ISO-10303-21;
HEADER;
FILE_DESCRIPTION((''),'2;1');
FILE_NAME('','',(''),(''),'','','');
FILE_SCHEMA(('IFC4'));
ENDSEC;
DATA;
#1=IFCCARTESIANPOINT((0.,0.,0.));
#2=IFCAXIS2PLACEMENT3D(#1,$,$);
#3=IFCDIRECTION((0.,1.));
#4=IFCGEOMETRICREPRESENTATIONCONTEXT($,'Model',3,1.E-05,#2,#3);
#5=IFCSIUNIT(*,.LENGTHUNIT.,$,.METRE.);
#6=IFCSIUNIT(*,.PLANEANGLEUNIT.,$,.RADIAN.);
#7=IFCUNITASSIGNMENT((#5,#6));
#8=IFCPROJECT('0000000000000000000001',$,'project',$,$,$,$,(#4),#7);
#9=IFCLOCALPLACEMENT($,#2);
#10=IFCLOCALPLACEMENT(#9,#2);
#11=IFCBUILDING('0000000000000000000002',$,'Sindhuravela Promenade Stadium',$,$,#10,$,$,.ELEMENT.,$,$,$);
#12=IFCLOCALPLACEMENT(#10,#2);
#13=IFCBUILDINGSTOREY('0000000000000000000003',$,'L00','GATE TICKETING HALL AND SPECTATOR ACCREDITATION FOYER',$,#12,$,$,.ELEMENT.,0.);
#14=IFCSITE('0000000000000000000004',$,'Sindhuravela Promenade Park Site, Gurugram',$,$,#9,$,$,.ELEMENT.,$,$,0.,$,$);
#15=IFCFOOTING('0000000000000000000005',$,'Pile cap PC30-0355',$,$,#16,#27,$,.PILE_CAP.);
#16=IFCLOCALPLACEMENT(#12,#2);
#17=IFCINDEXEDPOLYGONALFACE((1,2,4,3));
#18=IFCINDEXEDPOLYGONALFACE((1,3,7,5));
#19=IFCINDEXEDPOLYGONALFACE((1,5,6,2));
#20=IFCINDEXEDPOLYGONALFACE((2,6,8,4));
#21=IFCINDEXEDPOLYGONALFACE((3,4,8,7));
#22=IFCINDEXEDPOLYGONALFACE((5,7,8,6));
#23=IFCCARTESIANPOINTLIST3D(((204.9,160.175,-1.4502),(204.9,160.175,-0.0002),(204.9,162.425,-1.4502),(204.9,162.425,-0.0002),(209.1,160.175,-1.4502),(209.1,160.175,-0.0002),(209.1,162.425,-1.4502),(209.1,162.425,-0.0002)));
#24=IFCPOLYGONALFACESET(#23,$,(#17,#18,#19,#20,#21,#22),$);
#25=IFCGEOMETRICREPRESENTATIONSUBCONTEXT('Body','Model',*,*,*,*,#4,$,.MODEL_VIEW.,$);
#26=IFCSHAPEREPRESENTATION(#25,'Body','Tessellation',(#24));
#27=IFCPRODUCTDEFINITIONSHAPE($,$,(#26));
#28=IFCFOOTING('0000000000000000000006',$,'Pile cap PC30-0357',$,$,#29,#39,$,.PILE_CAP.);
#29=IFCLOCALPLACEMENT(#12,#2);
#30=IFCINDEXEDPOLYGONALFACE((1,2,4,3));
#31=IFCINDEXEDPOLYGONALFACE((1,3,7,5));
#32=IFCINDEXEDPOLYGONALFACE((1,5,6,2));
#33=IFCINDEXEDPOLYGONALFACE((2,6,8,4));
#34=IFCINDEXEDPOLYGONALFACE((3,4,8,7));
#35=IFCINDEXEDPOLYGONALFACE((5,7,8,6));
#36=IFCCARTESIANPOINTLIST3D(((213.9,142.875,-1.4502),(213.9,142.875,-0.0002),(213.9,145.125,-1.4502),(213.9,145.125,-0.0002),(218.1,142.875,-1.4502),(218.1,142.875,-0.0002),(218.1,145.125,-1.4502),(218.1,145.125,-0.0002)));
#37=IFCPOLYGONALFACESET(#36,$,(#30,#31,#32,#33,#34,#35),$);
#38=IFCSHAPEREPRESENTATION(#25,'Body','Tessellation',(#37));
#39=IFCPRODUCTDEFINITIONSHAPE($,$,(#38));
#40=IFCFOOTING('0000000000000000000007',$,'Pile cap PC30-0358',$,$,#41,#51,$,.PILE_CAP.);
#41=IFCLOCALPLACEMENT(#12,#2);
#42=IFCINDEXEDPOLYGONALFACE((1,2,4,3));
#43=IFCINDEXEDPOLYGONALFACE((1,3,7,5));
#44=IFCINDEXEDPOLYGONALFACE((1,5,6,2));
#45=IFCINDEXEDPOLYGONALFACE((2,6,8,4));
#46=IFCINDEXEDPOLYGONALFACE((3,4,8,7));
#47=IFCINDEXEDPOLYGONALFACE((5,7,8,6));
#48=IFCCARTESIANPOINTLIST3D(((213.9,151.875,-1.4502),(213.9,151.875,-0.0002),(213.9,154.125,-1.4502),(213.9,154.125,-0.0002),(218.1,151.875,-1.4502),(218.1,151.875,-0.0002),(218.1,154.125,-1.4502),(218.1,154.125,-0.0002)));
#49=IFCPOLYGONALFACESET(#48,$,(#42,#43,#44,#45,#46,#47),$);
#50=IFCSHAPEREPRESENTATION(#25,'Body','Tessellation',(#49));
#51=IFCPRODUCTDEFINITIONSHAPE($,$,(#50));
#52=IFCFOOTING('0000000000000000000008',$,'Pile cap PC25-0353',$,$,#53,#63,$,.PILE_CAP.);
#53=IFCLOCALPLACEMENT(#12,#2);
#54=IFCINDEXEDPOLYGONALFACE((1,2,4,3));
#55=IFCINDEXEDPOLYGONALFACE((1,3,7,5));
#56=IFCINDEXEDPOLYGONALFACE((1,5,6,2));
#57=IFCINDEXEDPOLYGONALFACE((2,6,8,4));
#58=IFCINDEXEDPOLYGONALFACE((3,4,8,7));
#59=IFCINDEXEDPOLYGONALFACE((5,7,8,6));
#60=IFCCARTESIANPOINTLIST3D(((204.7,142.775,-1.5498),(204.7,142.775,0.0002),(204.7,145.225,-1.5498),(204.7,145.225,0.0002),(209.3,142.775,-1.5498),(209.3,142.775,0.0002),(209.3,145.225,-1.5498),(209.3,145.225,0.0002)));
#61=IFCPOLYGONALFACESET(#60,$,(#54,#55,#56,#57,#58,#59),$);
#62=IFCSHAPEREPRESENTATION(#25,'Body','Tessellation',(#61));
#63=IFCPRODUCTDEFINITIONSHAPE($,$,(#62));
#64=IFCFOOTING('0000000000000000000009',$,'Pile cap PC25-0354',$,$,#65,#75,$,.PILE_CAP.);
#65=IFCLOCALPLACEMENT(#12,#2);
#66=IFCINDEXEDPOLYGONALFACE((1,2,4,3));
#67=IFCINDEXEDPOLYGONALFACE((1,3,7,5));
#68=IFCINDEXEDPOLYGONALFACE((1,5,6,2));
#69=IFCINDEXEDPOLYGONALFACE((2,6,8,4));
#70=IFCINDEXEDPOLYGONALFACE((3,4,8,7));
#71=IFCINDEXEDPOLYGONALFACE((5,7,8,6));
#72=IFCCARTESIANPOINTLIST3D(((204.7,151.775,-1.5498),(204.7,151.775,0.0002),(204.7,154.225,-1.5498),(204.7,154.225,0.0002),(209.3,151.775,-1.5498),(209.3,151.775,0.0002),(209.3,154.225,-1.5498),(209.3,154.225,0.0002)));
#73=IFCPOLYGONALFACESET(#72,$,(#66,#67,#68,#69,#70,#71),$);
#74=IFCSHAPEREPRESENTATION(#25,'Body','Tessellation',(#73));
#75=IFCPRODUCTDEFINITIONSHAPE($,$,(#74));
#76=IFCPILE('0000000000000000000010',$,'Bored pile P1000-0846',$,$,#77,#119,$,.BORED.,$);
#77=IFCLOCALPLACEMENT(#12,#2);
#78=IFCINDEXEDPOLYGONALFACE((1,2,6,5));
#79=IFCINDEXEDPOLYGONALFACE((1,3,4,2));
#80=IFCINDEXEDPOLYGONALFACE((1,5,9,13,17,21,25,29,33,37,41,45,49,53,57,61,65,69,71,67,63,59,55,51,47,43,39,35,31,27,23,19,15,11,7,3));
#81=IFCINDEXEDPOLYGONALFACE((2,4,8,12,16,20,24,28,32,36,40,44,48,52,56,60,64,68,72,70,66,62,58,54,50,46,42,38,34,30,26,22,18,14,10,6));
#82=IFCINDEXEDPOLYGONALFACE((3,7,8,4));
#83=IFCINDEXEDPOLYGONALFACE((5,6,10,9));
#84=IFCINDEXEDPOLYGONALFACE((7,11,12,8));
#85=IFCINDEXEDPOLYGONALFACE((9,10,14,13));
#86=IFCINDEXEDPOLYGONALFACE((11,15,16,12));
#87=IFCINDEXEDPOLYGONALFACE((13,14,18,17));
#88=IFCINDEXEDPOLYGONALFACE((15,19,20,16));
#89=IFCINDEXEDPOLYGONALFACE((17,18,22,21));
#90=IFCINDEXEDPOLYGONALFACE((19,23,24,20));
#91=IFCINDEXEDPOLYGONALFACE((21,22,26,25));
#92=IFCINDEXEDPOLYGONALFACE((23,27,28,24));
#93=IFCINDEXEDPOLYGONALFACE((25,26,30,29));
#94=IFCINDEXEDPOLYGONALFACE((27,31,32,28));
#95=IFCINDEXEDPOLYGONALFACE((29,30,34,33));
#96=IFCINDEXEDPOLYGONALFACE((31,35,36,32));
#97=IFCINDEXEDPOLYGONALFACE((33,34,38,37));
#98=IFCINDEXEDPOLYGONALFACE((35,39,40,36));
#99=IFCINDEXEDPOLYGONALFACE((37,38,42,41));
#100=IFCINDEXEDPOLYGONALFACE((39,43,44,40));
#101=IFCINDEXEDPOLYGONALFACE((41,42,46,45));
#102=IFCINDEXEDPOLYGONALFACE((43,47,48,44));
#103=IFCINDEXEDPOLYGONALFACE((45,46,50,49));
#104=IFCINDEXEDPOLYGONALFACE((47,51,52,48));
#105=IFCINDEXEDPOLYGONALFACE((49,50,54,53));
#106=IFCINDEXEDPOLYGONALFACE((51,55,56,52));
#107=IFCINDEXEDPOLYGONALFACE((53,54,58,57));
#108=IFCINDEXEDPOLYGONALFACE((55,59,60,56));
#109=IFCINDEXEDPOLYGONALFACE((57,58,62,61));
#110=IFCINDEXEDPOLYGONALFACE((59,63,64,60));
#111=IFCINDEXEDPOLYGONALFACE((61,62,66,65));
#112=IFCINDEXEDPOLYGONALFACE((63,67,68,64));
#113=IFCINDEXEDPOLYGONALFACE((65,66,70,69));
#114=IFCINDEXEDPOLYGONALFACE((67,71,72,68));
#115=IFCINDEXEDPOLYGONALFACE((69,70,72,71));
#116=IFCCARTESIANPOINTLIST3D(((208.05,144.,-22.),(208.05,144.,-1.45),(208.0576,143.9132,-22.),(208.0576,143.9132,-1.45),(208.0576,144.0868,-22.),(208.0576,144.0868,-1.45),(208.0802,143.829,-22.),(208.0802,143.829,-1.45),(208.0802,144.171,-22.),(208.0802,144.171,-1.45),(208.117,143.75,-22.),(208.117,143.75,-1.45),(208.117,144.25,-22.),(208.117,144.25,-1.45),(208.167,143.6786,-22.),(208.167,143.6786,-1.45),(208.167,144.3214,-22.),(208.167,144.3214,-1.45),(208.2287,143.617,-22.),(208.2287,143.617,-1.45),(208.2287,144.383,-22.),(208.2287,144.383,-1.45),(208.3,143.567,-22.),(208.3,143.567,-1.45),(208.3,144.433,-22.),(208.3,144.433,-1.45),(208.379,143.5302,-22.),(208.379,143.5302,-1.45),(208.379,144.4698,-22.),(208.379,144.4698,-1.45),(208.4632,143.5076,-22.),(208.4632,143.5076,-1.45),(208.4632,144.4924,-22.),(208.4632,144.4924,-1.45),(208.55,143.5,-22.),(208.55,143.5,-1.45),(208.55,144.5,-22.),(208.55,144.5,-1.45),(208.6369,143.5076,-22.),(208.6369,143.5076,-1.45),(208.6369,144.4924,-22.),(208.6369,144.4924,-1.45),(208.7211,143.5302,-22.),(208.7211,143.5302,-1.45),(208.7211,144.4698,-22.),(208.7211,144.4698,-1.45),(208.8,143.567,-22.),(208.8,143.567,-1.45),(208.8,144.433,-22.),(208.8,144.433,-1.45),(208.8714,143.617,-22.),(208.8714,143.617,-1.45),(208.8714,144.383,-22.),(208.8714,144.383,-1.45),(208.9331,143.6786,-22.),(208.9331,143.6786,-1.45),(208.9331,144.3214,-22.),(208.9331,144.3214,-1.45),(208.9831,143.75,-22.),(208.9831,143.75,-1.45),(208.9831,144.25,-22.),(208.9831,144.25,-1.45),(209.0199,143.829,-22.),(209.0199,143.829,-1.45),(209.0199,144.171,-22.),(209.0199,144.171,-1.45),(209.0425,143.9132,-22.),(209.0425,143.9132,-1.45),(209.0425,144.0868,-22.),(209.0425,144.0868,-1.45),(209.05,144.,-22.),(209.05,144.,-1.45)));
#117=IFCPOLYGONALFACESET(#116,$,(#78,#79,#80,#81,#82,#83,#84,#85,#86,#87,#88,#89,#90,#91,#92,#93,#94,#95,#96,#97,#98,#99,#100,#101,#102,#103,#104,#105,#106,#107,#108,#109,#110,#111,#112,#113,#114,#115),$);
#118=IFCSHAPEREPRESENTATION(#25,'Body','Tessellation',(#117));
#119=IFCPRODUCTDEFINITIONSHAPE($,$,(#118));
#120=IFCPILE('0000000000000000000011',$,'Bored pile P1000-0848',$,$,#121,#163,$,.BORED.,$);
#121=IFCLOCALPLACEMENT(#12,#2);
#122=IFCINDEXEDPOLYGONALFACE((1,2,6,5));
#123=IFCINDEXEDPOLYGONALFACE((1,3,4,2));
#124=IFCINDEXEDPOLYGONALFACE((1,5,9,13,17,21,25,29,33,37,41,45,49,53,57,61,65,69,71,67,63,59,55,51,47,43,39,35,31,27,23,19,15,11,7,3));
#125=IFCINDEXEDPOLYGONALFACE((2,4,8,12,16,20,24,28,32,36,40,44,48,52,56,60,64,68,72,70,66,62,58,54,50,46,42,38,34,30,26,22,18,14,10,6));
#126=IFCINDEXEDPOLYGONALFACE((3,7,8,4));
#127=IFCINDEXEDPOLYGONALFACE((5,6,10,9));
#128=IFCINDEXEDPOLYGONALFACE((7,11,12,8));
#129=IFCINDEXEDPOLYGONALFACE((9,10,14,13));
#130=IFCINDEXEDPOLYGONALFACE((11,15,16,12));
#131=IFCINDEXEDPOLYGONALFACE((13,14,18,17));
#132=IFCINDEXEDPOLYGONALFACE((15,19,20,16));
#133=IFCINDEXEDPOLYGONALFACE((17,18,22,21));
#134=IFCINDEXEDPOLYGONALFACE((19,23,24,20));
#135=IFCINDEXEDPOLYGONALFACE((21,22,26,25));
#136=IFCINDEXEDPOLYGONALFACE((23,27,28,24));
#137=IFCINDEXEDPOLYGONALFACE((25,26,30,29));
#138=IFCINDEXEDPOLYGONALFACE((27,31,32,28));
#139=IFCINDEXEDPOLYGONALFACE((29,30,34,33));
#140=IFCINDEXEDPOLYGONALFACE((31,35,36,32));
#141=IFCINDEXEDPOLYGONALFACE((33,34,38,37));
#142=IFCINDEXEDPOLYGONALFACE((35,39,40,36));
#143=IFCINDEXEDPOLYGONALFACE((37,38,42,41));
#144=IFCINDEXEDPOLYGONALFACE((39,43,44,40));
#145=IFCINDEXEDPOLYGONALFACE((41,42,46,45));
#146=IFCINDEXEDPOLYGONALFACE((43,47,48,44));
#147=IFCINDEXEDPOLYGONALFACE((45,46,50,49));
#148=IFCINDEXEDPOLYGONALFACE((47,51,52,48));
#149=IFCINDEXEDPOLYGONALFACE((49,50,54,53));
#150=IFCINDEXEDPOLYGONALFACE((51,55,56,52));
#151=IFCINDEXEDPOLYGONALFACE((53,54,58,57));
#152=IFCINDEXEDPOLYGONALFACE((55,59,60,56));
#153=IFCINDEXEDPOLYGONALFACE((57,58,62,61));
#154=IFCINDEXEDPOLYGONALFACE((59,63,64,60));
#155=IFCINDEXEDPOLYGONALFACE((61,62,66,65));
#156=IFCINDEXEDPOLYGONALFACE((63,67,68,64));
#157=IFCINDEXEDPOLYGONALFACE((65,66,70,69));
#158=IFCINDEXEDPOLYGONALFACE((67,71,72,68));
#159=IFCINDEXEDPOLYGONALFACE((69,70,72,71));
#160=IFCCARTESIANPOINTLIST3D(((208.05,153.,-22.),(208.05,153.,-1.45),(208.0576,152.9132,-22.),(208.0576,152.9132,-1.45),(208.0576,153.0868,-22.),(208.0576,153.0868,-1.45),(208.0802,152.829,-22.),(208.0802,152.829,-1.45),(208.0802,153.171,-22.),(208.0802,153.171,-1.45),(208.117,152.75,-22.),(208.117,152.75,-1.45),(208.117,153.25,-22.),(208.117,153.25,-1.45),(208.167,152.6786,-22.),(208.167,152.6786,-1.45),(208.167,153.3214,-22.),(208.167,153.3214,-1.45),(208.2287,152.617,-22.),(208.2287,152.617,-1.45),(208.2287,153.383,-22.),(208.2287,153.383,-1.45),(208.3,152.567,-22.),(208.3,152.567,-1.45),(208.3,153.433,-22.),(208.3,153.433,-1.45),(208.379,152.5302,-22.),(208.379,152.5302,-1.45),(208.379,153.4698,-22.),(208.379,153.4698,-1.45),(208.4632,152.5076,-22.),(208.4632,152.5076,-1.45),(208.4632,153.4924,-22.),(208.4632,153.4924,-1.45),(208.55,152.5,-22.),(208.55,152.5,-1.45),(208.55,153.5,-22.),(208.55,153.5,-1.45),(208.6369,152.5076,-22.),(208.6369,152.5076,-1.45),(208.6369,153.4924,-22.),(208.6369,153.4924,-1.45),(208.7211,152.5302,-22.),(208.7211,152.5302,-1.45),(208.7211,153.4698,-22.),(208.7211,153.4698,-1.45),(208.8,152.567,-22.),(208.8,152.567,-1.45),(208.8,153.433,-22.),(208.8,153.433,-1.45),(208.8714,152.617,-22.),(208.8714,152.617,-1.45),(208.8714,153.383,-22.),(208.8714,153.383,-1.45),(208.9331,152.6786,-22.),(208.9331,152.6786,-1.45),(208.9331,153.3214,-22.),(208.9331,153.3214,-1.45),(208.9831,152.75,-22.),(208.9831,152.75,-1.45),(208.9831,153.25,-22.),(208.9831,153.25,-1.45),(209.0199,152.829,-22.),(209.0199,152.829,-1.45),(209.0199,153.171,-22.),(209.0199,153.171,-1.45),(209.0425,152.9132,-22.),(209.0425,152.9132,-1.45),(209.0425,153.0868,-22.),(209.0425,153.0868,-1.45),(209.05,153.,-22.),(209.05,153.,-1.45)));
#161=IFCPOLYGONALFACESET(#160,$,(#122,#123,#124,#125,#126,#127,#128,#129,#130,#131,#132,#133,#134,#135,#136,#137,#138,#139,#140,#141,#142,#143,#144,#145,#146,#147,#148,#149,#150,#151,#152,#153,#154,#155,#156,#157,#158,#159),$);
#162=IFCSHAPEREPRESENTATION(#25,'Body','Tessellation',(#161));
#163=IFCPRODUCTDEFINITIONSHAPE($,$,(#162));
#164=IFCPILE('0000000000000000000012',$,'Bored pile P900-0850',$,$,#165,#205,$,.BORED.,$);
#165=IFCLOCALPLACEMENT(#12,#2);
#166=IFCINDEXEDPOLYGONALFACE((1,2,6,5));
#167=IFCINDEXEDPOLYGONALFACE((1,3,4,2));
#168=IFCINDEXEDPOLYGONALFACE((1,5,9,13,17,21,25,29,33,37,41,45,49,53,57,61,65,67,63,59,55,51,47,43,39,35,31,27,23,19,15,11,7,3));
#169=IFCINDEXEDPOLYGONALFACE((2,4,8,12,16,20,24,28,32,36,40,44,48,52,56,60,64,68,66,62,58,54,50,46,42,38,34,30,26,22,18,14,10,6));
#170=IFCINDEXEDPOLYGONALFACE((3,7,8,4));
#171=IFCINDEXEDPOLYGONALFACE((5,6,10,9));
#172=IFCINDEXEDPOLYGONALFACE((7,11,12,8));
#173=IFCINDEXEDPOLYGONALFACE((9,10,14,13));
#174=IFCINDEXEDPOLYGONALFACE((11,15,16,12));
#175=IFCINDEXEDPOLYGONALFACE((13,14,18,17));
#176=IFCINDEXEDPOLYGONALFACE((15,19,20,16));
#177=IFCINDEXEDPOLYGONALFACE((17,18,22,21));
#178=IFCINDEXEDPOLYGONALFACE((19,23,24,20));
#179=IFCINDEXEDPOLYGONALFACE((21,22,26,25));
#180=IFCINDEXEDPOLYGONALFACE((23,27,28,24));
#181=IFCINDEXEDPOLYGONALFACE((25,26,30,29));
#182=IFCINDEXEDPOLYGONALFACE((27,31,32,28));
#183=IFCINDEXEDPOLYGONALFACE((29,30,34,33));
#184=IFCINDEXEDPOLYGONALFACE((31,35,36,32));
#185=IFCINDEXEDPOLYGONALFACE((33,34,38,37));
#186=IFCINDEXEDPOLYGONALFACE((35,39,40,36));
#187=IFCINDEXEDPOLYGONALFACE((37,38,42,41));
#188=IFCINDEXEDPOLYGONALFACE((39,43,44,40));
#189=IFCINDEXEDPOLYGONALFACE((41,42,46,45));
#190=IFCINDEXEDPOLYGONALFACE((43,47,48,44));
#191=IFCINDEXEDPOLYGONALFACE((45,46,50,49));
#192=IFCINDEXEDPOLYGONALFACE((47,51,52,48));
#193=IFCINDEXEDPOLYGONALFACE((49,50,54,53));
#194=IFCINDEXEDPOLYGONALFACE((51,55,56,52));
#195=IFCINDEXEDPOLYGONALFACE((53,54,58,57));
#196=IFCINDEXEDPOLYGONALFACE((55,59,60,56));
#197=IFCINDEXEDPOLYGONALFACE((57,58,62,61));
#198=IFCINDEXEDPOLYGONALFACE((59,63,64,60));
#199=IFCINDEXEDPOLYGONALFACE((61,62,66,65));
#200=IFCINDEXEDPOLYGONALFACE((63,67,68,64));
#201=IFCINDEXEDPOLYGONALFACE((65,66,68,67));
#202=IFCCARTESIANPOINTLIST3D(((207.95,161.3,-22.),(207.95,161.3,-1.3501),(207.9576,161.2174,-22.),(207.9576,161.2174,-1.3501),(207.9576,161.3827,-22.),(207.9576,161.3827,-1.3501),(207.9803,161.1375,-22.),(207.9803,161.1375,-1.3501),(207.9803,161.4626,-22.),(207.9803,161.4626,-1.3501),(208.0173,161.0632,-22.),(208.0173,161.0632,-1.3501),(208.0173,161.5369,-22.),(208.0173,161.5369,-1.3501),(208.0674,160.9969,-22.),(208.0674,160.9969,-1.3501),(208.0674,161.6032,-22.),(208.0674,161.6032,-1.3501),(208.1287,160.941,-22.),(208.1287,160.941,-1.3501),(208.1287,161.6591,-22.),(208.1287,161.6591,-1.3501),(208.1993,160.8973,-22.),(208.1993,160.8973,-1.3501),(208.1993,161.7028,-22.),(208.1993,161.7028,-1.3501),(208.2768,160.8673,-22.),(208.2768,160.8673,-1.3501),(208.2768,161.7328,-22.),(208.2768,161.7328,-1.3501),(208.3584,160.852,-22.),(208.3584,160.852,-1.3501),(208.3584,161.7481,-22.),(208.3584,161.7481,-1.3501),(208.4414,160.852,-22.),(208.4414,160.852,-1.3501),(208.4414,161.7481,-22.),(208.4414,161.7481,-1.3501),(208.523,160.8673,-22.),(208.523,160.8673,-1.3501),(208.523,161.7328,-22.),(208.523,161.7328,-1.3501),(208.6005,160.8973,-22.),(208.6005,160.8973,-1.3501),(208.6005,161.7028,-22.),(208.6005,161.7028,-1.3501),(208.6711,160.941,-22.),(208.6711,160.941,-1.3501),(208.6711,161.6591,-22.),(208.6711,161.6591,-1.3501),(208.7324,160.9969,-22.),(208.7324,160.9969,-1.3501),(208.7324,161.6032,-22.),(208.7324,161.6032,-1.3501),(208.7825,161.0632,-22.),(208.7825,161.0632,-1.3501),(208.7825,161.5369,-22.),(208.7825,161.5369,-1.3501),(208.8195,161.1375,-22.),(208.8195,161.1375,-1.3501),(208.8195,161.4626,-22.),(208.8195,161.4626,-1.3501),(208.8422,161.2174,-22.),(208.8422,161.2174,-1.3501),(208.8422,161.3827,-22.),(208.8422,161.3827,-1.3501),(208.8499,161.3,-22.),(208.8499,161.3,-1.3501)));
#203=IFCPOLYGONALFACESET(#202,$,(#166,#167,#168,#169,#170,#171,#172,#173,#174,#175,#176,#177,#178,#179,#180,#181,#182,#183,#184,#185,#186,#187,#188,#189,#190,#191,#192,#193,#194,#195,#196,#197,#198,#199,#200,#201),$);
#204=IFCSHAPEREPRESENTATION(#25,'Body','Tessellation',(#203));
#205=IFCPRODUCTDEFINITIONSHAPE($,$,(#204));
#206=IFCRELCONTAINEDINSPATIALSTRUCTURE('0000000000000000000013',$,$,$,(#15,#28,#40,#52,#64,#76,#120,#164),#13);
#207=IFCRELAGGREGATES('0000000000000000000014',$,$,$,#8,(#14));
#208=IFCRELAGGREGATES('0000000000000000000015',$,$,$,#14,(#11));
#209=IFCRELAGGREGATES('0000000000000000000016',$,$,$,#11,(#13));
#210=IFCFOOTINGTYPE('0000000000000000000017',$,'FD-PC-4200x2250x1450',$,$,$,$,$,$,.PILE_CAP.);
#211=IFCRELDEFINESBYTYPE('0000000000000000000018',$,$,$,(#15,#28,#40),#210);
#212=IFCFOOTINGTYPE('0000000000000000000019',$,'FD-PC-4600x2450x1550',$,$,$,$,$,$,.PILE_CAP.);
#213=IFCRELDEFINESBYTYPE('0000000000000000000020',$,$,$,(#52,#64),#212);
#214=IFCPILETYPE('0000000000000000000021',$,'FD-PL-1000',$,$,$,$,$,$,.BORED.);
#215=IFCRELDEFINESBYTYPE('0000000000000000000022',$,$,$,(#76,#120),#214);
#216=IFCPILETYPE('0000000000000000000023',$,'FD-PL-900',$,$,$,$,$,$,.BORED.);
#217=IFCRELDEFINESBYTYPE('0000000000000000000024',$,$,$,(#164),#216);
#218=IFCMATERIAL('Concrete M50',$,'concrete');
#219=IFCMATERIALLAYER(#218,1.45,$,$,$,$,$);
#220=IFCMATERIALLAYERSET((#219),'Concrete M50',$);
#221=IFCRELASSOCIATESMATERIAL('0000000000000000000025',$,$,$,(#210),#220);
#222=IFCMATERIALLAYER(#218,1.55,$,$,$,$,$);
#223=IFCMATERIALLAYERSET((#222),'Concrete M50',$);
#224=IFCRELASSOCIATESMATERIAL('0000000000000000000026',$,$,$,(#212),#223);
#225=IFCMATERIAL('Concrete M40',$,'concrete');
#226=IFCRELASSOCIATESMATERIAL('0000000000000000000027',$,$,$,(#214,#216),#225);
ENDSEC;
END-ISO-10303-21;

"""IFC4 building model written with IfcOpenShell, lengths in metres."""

from ifc_helpers import new_model, si_unit, direction, frame, origin, origin_2d, place, context, subcontext, project, spatial, rectangle, circle, extrude, material, layer, layer_set, material_profile, profile_set, type_object, element, save


model = new_model("IFC4")

# Units and contexts
model_context = context("Model", 3, precision=1e-05, world=origin(), true_north=direction((0.0, 1.0)))
body_context = subcontext(model_context, "Body", "Model", "MODEL_VIEW")
ifc_project = project(units=[si_unit("LENGTHUNIT", "METRE"), si_unit("PLANEANGLEUNIT", "RADIAN")], contexts=[model_context])

# Site, building, storey
site_placement = place(None, origin())
site = spatial("IfcSite", under=ifc_project, at=site_placement, Name="Sindhuravela Promenade Park Site, Gurugram", CompositionType="ELEMENT", RefElevation=0.0)
building_placement = place(site_placement, origin())
building = spatial("IfcBuilding", under=site, at=building_placement, Name="Sindhuravela Promenade Stadium", CompositionType="ELEMENT")
storey_placement = place(building_placement, origin())
storey = spatial("IfcBuildingStorey", under=building, at=storey_placement, Name="L00", Description="GATE TICKETING HALL AND SPECTATOR ACCREDITATION FOYER", CompositionType="ELEMENT", Elevation=0.0)

# Footings
ifc_material_1 = material(Name="Concrete M50", Category="concrete")
ifc_layer_1 = layer(ifc_material_1, 1.45)
ifc_layer_set_1 = layer_set([ifc_layer_1], Name="Concrete M50")
footing_type_1 = type_object("IfcFootingType", Name="FD-PC-4200x2250x1450", PredefinedType="PILE_CAP", material=ifc_layer_set_1)
for number, where, z_axis, x_axis, name in (
    (1, (207.0, 161.3, -1.4502), (0.0, 0.0, 1.0), (1.0, 0.0, 0.0), "Pile cap PC30-0355"),
    (2, (216.0, 144.0, -1.4502), (0.0, 0.0, 1.0), (1.0, 0.0, 0.0), "Pile cap PC30-0357"),
    (3, (216.0, 153.0, -1.4502), (0.0, 0.0, 1.0), (1.0, 0.0, 0.0), "Pile cap PC30-0358"),
):
    element("IfcFooting", number, at=place(storey_placement, frame(where, z_axis=z_axis, x_axis=x_axis)), inside=storey, type_object=footing_type_1, Name=name, PredefinedType="PILE_CAP", context=body_context, shape_type="SweptSolid", body=[
        extrude(rectangle(XDim=4.2, YDim=2.25, at=origin_2d()), origin(), (0.0, 0.0, 1.0), 1.45),
    ])
ifc_layer_2 = layer(ifc_material_1, 1.55)
ifc_layer_set_2 = layer_set([ifc_layer_2], Name="Concrete M50")
footing_type_2 = type_object("IfcFootingType", Name="FD-PC-4600x2450x1550", PredefinedType="PILE_CAP", material=ifc_layer_set_2)
for number, where, z_axis, x_axis, name in (
    (4, (207.0, 144.0, -1.5498), (0.0, 0.0, 1.0), (1.0, 0.0, 0.0), "Pile cap PC25-0353"),
    (5, (207.0, 153.0, -1.5498), (0.0, 0.0, 1.0), (1.0, 0.0, 0.0), "Pile cap PC25-0354"),
):
    element("IfcFooting", number, at=place(storey_placement, frame(where, z_axis=z_axis, x_axis=x_axis)), inside=storey, type_object=footing_type_2, Name=name, PredefinedType="PILE_CAP", context=body_context, shape_type="SweptSolid", body=[
        extrude(rectangle(XDim=4.6001, YDim=2.45, at=origin_2d()), origin(), (0.0, 0.0, 1.0), 1.55),
    ])

# Piles
ifc_material_2 = material(Name="Concrete M40", Category="concrete")
ifc_material_profile_1 = material_profile(ifc_material_2, circle(Radius=0.5, at=origin_2d()), Name="BORED PILE D1000")
ifc_profile_set_1 = profile_set([ifc_material_profile_1], Name="Concrete M40")
pile_type_1 = type_object("IfcPileType", Name="FD-PL-1000", PredefinedType="BORED", material=ifc_profile_set_1)
for number, where, z_axis, x_axis, name in (
    (6, (208.55, 144.0, -1.45), (0.0, 0.0, -1.0), (1.0, 0.0, 0.0), "Bored pile P1000-0846"),
    (7, (208.55, 153.0, -1.45), (0.0, 0.0, -1.0), (1.0, 0.0, 0.0), "Bored pile P1000-0848"),
):
    element("IfcPile", number, at=place(storey_placement, frame(where, z_axis=z_axis, x_axis=x_axis)), inside=storey, type_object=pile_type_1, Name=name, PredefinedType="BORED", context=body_context, shape_type="SweptSolid", body=[
        extrude(circle(Radius=0.5, at=origin_2d()), origin(), (0.0, 0.0, 1.0), 20.55),
    ])
ifc_material_profile_2 = material_profile(ifc_material_2, circle(Radius=0.45, at=origin_2d()), Name="BORED PILE D900")
ifc_profile_set_2 = profile_set([ifc_material_profile_2], Name="Concrete M40")
pile_type_2 = type_object("IfcPileType", Name="FD-PL-900", PredefinedType="BORED", material=ifc_profile_set_2)
for number, where, z_axis, x_axis, name in (
    (8, (208.3999, 161.3, -1.3501), (0.0, 0.0, -1.0), (1.0, 0.0, 0.0), "Bored pile P900-0850"),
):
    element("IfcPile", number, at=place(storey_placement, frame(where, z_axis=z_axis, x_axis=x_axis)), inside=storey, type_object=pile_type_2, Name=name, PredefinedType="BORED", context=body_context, shape_type="SweptSolid", body=[
        extrude(circle(Radius=0.45, at=origin_2d()), origin(), (0.0, 0.0, 1.0), 20.6499),
    ])

save(model, "model.ifc")
